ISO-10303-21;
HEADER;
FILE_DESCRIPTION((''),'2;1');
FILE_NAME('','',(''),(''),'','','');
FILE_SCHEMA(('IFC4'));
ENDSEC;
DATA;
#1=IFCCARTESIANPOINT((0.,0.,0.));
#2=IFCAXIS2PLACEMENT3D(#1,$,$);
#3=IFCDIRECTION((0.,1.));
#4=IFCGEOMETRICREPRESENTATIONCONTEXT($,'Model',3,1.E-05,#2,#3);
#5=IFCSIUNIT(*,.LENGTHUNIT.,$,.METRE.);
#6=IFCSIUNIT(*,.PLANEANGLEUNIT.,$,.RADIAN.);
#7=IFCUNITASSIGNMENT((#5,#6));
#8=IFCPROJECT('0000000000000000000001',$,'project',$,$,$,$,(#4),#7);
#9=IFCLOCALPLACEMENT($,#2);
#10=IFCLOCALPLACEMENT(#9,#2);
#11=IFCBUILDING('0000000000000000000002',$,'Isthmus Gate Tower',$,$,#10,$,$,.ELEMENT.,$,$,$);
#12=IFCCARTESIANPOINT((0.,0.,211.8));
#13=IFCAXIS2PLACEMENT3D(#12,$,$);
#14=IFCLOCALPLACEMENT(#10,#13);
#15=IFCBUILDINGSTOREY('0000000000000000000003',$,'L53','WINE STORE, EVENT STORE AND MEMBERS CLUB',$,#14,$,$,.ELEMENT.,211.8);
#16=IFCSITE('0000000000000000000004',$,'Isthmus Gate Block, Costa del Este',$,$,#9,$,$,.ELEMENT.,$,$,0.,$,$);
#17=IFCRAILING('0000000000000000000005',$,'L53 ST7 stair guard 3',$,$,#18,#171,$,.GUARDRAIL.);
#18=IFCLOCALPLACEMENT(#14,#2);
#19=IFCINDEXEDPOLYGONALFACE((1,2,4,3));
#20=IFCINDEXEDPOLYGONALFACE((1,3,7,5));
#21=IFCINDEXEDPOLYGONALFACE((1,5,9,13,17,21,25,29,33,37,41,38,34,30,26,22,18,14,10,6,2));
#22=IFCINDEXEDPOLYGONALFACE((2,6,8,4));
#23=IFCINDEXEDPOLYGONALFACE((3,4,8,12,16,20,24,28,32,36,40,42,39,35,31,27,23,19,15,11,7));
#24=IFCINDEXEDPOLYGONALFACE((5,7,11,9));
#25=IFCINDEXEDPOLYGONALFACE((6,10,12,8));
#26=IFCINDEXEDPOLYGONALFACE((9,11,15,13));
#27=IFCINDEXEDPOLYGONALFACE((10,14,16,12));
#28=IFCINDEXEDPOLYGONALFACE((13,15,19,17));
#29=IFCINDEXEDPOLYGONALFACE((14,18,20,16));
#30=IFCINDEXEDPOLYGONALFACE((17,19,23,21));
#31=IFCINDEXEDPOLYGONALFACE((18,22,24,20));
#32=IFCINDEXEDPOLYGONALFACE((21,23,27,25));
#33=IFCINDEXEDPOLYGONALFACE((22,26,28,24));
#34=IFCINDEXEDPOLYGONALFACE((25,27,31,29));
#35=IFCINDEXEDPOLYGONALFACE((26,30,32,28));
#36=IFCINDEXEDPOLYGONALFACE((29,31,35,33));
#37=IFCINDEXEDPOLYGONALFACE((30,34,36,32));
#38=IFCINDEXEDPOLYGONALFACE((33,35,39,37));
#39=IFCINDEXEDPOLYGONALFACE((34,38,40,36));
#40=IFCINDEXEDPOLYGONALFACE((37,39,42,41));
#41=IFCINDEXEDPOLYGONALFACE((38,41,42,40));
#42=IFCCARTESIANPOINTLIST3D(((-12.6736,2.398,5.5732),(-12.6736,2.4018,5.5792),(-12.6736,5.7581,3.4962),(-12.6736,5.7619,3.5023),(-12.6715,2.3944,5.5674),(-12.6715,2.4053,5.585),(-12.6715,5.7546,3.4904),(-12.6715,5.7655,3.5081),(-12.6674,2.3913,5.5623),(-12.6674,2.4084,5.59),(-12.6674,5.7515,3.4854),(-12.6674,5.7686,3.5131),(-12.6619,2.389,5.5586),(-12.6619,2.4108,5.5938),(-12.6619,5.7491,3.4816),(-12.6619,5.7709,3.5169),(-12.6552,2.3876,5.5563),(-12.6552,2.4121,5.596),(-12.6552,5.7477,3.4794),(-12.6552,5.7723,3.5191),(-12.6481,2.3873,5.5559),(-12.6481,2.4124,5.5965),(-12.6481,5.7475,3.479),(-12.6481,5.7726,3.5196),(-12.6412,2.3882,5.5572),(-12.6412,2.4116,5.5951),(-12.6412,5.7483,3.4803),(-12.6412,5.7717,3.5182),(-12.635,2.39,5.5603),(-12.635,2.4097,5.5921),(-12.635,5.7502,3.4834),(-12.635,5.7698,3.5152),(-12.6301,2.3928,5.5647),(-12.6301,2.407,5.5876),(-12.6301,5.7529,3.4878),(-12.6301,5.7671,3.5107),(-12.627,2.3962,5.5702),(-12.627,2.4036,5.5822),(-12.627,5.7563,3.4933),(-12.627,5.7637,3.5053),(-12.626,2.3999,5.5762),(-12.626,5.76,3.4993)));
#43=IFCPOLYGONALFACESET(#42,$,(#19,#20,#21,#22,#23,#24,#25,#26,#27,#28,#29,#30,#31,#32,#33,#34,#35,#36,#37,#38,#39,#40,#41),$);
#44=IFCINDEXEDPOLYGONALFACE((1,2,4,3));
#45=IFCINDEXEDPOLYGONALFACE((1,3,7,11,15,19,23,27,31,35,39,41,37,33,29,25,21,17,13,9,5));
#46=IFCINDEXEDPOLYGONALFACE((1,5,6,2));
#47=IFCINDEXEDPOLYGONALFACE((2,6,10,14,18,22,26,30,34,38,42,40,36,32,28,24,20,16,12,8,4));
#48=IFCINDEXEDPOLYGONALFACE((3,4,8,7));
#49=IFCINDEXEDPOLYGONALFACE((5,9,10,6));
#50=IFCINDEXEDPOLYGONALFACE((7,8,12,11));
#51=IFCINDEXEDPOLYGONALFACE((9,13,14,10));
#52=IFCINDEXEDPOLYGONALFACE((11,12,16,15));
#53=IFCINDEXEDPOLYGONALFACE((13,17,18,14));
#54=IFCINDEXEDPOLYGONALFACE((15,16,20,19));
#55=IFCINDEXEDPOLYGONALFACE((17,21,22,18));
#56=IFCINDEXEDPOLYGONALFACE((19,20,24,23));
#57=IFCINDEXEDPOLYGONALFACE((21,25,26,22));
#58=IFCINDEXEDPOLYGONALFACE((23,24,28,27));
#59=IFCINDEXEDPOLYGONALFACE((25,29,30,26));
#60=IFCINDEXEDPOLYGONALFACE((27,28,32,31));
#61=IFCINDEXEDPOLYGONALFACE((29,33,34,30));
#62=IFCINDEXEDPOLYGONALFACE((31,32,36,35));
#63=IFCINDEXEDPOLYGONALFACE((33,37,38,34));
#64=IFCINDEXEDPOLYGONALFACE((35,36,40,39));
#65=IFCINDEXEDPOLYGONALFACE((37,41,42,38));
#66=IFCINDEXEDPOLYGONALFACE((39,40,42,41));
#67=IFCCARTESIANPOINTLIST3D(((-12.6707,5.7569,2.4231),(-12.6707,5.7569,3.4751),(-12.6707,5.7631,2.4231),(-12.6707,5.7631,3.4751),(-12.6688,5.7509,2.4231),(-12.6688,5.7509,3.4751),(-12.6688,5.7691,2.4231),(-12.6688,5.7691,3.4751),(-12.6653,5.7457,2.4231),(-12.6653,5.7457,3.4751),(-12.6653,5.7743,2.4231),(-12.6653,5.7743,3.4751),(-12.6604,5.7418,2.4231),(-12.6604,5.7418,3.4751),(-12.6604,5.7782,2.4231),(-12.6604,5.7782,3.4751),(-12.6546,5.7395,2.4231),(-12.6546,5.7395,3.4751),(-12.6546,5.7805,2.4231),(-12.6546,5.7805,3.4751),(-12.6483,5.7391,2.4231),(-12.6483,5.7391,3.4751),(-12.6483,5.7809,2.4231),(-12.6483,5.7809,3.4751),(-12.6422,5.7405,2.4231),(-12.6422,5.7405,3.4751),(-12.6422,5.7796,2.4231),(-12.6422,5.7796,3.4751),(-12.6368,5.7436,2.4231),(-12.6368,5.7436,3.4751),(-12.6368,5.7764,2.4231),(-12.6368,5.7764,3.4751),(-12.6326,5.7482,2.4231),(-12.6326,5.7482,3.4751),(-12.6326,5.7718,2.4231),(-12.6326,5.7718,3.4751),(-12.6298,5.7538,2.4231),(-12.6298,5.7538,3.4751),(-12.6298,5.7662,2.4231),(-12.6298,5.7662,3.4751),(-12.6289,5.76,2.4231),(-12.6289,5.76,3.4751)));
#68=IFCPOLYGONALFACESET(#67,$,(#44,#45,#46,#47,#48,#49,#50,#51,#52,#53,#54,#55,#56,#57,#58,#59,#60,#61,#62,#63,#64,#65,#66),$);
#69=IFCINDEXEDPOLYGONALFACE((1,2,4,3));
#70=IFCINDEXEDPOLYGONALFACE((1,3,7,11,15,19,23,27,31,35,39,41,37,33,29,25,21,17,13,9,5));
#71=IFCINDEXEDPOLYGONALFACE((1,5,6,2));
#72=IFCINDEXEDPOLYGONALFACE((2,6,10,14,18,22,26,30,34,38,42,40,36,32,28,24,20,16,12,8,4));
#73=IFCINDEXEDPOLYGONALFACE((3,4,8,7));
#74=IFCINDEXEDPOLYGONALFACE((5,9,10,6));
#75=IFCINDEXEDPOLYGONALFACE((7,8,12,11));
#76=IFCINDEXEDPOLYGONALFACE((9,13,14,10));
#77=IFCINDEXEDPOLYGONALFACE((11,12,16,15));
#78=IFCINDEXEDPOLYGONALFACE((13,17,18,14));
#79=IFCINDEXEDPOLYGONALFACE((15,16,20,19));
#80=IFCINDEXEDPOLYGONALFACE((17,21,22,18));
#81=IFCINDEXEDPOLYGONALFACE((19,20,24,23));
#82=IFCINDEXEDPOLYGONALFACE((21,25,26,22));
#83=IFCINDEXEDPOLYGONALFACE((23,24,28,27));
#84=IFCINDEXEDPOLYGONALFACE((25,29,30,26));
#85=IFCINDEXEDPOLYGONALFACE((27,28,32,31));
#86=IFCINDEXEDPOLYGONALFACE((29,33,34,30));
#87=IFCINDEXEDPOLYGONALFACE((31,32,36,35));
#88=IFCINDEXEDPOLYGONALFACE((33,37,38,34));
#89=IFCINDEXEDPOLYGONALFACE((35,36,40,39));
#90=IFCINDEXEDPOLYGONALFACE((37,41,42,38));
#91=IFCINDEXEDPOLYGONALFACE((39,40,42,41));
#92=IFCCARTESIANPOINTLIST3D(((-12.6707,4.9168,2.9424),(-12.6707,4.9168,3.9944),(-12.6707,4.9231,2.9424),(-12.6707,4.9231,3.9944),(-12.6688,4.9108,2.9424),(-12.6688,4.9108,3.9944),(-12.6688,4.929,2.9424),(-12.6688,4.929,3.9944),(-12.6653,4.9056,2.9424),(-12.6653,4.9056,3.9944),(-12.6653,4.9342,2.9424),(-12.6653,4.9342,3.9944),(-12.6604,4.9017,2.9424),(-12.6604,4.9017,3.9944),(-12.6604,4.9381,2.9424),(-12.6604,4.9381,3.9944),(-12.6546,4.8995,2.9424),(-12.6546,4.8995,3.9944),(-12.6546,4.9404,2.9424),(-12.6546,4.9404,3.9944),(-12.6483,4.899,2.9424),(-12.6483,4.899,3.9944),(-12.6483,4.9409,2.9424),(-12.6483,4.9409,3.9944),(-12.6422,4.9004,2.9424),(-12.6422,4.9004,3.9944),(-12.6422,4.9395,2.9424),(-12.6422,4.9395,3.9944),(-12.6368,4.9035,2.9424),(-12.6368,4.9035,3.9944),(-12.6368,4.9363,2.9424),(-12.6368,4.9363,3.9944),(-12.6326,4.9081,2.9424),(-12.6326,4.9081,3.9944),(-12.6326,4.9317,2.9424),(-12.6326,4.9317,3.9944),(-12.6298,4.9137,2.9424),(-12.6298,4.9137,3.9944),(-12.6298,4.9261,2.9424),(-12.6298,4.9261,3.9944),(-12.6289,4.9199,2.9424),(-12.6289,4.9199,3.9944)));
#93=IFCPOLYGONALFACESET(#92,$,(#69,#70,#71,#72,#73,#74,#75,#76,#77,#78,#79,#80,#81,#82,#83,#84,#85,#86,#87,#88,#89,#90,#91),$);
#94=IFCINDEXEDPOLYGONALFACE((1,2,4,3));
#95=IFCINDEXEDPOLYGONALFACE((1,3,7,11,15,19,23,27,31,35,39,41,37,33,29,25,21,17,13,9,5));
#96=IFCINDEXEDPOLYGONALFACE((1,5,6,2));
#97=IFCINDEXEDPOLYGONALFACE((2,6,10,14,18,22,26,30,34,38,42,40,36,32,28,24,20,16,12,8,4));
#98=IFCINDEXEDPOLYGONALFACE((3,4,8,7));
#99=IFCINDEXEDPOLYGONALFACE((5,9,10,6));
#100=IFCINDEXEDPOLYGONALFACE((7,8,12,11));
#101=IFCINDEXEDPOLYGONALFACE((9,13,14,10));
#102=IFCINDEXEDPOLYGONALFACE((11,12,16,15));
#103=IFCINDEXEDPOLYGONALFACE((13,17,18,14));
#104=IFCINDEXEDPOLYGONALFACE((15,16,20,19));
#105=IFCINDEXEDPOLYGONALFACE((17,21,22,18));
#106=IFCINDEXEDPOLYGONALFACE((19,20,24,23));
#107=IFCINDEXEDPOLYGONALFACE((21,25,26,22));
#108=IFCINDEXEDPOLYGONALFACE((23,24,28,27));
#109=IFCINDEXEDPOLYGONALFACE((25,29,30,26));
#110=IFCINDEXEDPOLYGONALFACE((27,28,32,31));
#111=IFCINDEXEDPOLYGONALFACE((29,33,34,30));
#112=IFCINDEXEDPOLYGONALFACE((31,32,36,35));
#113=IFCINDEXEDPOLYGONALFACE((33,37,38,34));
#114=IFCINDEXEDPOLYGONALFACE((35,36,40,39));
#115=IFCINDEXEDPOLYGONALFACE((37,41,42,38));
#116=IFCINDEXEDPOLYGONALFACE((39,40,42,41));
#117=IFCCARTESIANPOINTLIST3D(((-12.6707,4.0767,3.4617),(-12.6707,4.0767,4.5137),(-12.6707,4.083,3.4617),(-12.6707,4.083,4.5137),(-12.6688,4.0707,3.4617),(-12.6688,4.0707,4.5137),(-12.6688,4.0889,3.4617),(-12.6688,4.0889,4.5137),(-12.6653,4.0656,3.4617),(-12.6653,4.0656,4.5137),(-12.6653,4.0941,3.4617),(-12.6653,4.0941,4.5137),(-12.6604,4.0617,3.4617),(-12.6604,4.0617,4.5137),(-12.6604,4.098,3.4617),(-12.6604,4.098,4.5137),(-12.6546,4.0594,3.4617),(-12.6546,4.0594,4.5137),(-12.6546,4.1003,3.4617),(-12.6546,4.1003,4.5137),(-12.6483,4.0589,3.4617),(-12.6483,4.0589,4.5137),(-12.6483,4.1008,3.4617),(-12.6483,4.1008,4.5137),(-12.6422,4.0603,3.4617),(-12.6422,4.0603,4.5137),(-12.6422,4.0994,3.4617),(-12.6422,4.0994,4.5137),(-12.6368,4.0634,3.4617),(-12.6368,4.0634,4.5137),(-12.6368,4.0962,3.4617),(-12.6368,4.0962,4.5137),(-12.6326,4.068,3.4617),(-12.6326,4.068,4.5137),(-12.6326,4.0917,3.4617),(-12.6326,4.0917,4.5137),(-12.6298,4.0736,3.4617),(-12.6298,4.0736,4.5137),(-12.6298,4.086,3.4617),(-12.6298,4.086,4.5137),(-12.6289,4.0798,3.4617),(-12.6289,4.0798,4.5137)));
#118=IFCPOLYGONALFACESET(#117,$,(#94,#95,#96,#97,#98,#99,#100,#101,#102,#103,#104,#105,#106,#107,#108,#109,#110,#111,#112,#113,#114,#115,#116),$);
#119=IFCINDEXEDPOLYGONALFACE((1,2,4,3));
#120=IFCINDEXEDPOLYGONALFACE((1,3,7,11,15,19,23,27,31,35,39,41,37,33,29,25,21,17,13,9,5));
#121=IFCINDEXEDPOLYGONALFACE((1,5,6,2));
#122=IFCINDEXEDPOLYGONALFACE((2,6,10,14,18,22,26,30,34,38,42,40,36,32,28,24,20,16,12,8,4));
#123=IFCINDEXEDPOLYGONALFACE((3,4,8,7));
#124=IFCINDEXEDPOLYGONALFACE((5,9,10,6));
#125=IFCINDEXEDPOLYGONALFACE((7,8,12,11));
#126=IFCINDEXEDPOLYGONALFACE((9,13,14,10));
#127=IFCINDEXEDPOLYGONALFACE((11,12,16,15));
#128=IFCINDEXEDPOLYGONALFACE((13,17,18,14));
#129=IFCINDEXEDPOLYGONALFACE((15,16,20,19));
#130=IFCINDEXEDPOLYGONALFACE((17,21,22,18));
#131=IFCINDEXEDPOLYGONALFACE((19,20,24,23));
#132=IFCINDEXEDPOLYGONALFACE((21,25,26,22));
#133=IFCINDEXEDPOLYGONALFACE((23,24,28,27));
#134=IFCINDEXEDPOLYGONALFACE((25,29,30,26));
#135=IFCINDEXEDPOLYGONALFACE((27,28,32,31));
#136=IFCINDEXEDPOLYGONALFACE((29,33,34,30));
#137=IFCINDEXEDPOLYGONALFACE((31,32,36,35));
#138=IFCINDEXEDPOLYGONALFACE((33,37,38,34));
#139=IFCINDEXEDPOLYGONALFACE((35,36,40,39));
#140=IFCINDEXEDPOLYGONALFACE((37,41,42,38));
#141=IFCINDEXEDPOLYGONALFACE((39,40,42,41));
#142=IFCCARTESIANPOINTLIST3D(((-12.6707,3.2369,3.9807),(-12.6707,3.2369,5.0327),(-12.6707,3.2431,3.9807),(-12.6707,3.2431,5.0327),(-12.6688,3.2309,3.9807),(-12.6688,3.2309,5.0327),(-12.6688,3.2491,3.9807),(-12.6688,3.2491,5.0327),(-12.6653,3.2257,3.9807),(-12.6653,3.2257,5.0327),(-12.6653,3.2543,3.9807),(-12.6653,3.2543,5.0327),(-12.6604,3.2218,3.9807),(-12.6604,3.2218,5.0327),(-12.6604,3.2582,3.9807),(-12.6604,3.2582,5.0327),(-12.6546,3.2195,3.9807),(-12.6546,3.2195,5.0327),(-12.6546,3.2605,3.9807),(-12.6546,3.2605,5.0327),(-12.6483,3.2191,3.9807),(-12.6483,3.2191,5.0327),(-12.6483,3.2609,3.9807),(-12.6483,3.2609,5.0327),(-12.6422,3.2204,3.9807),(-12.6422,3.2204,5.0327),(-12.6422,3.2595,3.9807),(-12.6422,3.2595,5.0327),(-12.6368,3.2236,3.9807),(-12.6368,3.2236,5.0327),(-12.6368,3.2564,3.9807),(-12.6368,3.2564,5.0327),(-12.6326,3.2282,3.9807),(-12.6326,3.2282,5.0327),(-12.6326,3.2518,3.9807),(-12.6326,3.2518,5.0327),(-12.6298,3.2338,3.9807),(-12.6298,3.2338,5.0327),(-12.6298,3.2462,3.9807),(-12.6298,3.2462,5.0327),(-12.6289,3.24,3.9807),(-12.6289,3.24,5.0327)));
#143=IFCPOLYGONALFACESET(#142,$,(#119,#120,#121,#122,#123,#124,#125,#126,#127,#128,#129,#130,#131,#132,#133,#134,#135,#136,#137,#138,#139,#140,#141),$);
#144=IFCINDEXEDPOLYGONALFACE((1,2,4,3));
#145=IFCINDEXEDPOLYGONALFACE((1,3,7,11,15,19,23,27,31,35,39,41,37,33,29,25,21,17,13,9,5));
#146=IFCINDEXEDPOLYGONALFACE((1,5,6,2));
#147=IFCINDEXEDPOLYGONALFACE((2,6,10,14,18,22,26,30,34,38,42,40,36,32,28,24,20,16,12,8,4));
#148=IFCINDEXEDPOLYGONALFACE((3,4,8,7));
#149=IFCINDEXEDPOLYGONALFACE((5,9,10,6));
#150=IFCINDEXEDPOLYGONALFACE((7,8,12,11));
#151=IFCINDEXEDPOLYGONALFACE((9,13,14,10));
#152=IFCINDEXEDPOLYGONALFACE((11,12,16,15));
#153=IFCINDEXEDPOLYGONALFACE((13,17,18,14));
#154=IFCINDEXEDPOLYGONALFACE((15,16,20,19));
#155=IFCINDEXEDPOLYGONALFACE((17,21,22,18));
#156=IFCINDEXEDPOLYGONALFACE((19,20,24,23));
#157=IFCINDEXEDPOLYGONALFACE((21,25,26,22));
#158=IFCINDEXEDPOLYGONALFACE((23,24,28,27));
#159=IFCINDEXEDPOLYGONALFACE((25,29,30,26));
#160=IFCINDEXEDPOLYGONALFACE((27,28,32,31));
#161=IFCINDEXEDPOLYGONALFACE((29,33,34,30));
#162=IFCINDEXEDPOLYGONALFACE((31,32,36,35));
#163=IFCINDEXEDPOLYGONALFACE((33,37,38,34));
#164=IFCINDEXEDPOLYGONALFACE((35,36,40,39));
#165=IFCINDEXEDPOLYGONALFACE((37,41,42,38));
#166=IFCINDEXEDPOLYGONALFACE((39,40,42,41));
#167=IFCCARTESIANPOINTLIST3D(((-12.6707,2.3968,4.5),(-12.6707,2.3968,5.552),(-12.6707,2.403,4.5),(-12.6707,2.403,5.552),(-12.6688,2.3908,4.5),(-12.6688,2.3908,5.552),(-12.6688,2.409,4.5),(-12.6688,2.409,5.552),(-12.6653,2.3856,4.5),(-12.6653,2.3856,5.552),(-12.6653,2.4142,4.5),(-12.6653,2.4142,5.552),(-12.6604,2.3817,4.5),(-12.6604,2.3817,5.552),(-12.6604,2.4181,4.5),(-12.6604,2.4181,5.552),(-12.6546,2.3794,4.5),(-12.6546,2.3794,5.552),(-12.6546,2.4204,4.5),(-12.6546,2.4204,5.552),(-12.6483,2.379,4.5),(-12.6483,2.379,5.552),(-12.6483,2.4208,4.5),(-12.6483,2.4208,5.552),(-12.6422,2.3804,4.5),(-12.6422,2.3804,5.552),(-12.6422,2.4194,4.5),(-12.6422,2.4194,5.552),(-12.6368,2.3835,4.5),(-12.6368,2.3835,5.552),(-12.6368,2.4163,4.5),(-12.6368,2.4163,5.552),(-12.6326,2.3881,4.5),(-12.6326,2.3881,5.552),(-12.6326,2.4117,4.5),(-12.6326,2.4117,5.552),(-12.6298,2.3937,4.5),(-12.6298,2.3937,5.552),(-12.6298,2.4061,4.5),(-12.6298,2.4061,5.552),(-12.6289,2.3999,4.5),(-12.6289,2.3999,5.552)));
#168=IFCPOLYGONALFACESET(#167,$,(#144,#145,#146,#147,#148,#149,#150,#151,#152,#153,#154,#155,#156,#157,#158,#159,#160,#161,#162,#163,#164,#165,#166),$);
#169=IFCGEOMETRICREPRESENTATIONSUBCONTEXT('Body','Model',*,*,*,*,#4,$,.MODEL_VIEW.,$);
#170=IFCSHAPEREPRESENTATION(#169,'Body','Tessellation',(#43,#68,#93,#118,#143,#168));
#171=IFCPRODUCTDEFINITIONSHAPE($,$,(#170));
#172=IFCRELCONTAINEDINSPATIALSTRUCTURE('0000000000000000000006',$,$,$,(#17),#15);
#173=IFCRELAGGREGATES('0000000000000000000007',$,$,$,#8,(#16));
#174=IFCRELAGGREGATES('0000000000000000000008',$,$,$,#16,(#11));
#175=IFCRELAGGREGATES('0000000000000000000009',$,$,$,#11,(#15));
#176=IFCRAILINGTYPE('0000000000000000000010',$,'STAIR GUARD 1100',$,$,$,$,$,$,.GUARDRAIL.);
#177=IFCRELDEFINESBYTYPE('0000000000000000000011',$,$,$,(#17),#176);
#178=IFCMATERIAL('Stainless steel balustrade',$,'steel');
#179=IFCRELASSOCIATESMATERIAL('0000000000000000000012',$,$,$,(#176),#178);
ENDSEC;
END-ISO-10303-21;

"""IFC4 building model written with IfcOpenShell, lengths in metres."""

from ifc_helpers import new_model, si_unit, direction, frame, origin, origin_2d, place, context, subcontext, project, spatial, circle, extrude, material, type_object, element, save


model = new_model("IFC4")

# Units and contexts
model_context = context("Model", 3, precision=1e-05, world=origin(), true_north=direction((0.0, 1.0)))
body_context = subcontext(model_context, "Body", "Model", "MODEL_VIEW")
ifc_project = project(units=[si_unit("LENGTHUNIT", "METRE"), si_unit("PLANEANGLEUNIT", "RADIAN")], contexts=[model_context])

# Site, building, storey
site_placement = place(None, origin())
site = spatial("IfcSite", under=ifc_project, at=site_placement, Name="Isthmus Gate Block, Costa del Este", CompositionType="ELEMENT", RefElevation=0.0)
building_placement = place(site_placement, origin())
building = spatial("IfcBuilding", under=site, at=building_placement, Name="Isthmus Gate Tower", CompositionType="ELEMENT")
storey_placement = place(building_placement, frame((0.0, 0.0, 211.8)))
storey = spatial("IfcBuildingStorey", under=building, at=storey_placement, Name="L53", Description="WINE STORE, EVENT STORE AND MEMBERS CLUB", CompositionType="ELEMENT", Elevation=211.8)

# Railing
ifc_material_1 = material(Name="Stainless steel balustrade", Category="steel")
railing_type_1 = type_object("IfcRailingType", Name="STAIR GUARD 1100", PredefinedType="GUARDRAIL", material=ifc_material_1)
railing_placement = place(storey_placement, frame((-12.6499, 5.76, 2.4231)))
element("IfcRailing", 1, at=railing_placement, inside=storey, type_object=railing_type_1, Name="L53 ST7 stair guard 3", PredefinedType="GUARDRAIL", context=body_context, shape_type="SweptSolid", body=[
    extrude(circle(Radius=0.0239, at=origin_2d()), frame((0.0, 0.0, 1.0762), z_axis=(0.0, -0.850623, 0.525776), x_axis=(1.0, 0.0, 0.0)), (0.0, 0.0, 1.0), 3.9502),
    extrude(circle(Radius=0.021, at=origin_2d()), origin(), (0.0, 0.0, 1.0), 1.052),
    extrude(circle(Radius=0.021, at=origin_2d()), frame((0.0, -0.8401, 0.5193)), (0.0, 0.0, 1.0), 1.052),
    extrude(circle(Radius=0.021, at=origin_2d()), frame((0.0, -1.6802, 1.0386)), (0.0, 0.0, 1.0), 1.052),
    extrude(circle(Radius=0.021, at=origin_2d()), frame((0.0, -2.52, 1.5576)), (0.0, 0.0, 1.0), 1.052),
    extrude(circle(Radius=0.021, at=origin_2d()), frame((0.0, -3.3601, 2.0769)), (0.0, 0.0, 1.0), 1.052),
])

save(model, "model.ifc")
